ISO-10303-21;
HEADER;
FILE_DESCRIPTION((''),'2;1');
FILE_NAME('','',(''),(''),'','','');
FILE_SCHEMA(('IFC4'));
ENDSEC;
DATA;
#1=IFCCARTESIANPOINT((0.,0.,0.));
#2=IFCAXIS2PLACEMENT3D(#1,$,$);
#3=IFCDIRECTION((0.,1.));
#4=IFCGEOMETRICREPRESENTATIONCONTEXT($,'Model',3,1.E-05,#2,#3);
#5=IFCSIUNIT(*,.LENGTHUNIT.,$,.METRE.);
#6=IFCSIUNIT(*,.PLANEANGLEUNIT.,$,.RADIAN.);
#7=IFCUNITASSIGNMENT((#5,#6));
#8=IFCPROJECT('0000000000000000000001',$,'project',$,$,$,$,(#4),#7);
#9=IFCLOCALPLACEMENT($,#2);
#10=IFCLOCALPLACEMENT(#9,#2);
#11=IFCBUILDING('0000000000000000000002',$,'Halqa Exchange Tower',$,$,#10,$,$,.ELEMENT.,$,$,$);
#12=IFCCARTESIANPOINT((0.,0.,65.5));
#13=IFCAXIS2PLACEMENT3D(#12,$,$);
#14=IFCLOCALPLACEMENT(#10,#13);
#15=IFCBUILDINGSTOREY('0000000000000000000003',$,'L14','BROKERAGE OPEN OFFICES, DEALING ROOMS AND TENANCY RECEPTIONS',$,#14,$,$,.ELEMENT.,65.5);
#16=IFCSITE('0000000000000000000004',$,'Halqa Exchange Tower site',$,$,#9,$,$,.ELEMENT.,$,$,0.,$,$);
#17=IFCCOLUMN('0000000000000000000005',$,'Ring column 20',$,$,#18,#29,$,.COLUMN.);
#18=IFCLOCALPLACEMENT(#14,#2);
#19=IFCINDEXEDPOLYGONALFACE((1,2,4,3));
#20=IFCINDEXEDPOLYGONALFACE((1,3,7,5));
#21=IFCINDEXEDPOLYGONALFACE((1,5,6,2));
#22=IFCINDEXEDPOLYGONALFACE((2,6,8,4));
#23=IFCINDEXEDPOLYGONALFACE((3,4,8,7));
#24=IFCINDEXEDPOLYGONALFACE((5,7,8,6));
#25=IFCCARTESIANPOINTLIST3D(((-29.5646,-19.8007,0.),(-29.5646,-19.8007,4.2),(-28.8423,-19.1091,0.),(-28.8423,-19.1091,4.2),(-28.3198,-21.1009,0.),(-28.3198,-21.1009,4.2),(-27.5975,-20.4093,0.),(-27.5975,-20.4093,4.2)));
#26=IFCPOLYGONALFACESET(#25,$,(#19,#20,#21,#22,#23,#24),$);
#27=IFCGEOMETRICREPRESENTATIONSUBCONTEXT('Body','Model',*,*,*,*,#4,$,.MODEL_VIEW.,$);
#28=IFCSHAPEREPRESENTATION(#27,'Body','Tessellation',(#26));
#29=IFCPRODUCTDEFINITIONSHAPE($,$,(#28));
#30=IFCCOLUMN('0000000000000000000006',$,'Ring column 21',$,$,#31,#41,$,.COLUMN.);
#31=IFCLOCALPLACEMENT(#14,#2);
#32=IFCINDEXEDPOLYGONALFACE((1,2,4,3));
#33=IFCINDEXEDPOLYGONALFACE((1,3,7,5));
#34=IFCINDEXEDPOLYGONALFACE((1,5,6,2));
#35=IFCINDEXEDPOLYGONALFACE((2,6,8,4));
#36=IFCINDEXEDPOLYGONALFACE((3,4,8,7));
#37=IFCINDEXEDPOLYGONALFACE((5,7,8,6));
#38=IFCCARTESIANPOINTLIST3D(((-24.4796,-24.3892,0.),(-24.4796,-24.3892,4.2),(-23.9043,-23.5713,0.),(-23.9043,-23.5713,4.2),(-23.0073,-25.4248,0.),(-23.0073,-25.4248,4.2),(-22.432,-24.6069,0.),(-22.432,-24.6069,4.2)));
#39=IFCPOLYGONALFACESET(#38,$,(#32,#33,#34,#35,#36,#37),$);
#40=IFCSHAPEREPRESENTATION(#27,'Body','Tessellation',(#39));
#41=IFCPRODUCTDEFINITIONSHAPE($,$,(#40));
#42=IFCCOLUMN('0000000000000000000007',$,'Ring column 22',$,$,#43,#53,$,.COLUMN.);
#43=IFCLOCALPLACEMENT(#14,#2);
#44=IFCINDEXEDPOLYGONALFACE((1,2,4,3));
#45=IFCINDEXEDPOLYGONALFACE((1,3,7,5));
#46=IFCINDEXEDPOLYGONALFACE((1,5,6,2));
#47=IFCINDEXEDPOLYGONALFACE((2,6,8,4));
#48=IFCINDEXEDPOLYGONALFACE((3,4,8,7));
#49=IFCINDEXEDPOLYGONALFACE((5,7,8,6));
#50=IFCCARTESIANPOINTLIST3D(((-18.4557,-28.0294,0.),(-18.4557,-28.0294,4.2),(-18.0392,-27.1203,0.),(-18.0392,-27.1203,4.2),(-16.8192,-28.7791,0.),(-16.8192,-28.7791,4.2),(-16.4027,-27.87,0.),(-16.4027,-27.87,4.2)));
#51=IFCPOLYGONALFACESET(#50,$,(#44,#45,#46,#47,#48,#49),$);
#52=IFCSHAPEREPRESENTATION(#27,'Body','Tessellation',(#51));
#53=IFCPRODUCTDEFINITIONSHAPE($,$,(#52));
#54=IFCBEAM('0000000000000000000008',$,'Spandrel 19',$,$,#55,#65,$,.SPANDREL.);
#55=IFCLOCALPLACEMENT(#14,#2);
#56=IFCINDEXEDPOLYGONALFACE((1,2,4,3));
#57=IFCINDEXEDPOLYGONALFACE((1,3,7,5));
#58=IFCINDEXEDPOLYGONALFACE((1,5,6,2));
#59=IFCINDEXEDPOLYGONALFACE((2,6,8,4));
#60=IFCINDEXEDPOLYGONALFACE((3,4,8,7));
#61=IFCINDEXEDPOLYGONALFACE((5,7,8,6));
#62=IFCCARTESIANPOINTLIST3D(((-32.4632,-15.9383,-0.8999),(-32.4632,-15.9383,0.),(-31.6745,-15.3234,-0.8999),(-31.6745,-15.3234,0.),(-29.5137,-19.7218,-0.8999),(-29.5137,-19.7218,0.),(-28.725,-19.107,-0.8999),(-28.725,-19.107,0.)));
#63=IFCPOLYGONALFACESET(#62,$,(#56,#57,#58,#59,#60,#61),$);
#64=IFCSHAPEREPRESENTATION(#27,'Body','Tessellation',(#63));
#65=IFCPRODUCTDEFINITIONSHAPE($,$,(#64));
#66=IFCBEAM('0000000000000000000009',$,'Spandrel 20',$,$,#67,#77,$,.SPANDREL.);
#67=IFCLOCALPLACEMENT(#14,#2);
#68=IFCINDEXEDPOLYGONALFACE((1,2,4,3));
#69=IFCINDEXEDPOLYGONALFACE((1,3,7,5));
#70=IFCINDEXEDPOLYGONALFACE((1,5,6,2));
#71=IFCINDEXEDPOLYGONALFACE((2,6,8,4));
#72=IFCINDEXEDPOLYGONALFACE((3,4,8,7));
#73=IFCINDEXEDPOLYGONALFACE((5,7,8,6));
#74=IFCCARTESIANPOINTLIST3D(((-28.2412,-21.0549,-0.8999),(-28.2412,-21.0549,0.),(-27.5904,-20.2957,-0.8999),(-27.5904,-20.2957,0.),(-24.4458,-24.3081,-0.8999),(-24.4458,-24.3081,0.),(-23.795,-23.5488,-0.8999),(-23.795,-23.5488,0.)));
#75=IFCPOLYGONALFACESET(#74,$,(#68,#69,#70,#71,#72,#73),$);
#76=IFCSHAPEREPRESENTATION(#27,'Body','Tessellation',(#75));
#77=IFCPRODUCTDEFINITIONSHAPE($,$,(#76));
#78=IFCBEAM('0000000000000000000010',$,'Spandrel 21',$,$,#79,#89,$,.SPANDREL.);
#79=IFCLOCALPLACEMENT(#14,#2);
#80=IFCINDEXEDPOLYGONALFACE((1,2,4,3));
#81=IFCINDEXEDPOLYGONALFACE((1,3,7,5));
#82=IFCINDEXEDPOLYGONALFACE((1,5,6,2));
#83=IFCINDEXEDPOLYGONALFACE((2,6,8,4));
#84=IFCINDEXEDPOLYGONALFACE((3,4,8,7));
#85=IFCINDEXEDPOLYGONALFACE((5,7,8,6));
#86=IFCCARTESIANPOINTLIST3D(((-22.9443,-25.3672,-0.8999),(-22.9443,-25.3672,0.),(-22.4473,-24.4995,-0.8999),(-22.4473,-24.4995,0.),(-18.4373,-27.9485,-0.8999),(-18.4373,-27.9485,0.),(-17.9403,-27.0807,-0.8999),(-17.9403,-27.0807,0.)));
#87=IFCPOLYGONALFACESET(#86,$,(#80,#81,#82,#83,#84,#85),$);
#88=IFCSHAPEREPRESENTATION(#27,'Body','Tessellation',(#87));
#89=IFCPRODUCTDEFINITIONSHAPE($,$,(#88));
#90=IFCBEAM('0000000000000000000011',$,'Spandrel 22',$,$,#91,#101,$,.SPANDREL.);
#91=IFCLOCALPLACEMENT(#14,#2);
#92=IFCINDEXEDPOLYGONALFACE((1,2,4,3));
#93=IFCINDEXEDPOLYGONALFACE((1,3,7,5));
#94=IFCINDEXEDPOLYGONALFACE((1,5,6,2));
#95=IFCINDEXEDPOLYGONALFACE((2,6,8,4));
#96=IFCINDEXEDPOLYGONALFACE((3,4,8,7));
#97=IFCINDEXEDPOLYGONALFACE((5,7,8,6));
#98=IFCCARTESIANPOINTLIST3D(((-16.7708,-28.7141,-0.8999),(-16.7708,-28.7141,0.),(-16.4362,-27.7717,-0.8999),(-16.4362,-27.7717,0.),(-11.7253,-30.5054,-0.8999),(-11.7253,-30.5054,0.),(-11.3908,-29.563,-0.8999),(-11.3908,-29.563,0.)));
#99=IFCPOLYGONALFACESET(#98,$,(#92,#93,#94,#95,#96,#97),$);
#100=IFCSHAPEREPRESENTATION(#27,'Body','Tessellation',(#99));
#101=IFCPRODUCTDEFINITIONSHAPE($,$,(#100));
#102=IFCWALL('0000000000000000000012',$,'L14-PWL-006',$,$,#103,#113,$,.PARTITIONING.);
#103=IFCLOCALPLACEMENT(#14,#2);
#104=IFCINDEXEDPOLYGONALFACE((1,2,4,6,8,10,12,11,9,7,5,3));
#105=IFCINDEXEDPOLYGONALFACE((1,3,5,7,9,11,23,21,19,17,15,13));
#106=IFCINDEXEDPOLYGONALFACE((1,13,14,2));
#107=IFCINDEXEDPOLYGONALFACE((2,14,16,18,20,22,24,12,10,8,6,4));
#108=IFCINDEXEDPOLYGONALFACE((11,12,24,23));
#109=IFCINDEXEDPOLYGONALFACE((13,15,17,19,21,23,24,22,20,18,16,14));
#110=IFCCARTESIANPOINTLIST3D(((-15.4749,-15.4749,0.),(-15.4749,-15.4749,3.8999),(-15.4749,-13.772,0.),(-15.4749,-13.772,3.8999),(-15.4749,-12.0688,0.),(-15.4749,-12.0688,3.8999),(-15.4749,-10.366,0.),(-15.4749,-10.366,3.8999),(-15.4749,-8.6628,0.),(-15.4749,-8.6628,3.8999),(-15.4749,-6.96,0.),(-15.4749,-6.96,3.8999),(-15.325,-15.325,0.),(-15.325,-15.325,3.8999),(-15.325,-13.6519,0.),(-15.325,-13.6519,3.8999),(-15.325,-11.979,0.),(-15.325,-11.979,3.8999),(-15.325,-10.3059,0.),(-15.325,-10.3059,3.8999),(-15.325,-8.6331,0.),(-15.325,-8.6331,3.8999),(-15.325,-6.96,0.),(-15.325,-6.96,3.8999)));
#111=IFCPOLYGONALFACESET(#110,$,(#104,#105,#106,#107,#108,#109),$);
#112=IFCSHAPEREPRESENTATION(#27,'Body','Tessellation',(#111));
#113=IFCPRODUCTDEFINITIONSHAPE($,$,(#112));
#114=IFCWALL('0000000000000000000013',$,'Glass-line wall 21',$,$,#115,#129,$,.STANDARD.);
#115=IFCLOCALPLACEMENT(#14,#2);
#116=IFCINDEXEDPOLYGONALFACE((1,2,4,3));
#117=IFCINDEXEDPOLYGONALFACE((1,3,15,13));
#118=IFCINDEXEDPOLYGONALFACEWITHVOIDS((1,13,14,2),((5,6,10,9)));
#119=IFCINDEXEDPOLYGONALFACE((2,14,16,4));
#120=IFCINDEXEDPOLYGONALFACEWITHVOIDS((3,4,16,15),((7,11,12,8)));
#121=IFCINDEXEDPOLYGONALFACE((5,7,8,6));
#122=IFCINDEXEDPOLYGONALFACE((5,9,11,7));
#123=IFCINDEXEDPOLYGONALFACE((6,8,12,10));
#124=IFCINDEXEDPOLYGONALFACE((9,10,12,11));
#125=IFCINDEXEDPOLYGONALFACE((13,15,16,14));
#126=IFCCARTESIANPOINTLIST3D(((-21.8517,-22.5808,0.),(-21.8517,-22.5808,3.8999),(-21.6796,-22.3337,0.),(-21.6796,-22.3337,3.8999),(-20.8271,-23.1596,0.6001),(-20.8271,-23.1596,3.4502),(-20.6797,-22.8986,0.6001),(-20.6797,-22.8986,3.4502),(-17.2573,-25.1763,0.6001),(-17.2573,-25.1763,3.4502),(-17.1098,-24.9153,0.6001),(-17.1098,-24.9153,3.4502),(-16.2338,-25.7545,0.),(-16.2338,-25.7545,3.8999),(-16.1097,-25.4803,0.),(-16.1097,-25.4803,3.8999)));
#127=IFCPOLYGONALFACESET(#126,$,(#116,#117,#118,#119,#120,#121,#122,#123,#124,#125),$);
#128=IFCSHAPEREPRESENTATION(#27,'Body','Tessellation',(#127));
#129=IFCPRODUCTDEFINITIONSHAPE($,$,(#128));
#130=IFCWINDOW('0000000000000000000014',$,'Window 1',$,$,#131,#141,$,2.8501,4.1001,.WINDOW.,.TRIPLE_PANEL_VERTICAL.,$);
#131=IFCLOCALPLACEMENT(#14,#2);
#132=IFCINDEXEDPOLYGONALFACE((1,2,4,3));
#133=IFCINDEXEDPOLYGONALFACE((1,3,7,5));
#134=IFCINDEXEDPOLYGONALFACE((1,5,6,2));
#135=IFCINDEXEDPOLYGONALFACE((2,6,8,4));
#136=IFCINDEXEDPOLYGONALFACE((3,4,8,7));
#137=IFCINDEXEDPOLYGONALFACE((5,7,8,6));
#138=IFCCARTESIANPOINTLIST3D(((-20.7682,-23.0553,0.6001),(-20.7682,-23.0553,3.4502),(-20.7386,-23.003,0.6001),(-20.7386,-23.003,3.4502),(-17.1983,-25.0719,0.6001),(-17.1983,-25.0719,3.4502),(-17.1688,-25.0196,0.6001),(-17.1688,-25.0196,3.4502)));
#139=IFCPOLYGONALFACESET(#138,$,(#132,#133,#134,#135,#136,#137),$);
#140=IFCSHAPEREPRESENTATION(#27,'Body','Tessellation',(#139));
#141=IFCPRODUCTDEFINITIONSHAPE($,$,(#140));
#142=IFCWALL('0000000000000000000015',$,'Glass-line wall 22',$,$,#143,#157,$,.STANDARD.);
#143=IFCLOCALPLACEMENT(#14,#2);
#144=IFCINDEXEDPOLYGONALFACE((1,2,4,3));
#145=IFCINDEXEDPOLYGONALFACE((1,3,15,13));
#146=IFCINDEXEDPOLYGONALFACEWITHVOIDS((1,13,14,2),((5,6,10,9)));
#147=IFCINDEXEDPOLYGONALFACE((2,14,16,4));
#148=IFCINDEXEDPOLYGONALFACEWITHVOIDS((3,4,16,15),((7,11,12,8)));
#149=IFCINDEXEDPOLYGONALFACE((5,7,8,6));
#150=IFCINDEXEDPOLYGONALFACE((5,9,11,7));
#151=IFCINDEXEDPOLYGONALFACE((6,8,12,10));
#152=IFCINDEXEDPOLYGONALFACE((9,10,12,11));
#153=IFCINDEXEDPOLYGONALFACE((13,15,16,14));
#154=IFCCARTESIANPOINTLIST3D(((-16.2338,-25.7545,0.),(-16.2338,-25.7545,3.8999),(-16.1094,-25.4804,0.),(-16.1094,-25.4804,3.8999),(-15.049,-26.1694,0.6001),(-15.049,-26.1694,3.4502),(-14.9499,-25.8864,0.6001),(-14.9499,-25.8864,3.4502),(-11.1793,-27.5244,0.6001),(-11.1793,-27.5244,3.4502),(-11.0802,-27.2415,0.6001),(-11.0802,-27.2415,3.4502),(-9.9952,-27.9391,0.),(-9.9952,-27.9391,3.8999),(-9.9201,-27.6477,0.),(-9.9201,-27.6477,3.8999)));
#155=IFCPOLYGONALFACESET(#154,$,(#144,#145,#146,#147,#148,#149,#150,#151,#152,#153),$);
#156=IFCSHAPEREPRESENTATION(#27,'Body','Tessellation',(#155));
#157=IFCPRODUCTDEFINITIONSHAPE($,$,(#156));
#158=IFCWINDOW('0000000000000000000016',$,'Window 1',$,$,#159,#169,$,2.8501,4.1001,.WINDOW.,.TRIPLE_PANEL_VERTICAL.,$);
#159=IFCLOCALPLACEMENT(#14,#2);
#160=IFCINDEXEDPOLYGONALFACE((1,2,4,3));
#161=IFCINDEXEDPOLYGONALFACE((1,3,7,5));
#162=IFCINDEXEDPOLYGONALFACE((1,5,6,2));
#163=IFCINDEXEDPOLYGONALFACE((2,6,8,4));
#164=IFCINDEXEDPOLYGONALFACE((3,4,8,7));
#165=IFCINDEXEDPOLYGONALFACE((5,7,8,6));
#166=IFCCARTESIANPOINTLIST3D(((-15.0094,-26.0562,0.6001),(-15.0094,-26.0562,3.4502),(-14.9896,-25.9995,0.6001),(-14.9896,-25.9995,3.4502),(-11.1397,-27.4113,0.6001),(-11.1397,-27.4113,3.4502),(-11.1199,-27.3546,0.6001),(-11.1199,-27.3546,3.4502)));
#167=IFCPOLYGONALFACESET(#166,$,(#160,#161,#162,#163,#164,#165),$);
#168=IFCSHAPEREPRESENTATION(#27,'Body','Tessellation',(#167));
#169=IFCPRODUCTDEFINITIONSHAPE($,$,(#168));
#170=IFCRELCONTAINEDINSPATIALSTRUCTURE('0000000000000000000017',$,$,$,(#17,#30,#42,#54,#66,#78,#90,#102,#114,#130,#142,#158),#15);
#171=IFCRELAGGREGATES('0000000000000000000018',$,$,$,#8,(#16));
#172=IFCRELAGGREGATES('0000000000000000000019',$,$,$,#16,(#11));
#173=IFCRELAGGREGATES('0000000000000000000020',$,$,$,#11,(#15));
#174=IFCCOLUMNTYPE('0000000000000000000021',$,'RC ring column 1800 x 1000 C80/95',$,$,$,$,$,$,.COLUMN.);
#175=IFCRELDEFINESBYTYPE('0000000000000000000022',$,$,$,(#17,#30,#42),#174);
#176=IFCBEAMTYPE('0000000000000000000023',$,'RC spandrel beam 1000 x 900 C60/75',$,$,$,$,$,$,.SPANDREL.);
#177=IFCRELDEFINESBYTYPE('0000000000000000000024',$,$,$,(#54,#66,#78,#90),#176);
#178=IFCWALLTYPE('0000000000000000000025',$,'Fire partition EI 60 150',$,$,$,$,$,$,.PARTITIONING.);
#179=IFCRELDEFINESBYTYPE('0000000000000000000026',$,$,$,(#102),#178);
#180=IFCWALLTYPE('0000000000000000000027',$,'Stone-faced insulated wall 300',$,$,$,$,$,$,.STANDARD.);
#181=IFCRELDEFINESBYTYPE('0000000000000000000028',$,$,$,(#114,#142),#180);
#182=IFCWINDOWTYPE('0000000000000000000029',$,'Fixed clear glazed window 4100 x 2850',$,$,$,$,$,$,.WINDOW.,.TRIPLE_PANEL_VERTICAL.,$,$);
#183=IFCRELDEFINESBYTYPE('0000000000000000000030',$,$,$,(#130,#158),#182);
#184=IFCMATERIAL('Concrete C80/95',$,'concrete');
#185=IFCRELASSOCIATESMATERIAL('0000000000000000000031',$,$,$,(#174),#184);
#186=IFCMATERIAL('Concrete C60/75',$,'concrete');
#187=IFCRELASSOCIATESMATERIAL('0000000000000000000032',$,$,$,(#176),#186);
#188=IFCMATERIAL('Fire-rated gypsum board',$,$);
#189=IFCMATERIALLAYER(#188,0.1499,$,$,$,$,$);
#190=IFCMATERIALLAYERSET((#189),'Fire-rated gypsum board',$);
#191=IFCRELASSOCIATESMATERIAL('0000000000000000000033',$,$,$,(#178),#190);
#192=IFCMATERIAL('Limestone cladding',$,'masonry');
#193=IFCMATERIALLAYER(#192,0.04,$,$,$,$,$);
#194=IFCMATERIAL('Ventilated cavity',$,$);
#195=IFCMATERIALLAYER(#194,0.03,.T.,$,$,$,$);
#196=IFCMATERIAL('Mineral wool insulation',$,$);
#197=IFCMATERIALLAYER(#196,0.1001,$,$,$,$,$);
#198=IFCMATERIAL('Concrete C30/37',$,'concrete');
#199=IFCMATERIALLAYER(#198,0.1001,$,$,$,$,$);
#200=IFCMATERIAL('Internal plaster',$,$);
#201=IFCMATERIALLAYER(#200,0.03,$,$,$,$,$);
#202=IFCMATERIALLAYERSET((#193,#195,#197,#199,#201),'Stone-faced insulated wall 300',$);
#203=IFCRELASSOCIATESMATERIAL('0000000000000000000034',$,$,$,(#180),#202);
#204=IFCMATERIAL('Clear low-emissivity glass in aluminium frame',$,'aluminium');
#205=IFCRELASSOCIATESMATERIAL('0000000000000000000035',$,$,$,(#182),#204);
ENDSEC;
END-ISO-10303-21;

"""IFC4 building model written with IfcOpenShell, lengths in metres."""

from ifc_helpers import new_model, si_unit, direction, frame, frame_2d, origin, origin_2d, place, context, subcontext, project, spatial, polyline, rectangle, outline, extrude, material, layer, layer_set, material_profile, profile_set, type_object, element, fill, save


model = new_model("IFC4")

# Units and contexts
model_context = context("Model", 3, precision=1e-05, world=origin(), true_north=direction((0.0, 1.0)))
body_context = subcontext(model_context, "Body", "Model", "MODEL_VIEW")
ifc_project = project(units=[si_unit("LENGTHUNIT", "METRE"), si_unit("PLANEANGLEUNIT", "RADIAN")], contexts=[model_context])

# Site, building, storey
site_placement = place(None, origin())
site = spatial("IfcSite", under=ifc_project, at=site_placement, Name="Halqa Exchange Tower site", CompositionType="ELEMENT", RefElevation=0.0)
building_placement = place(site_placement, origin())
building = spatial("IfcBuilding", under=site, at=building_placement, Name="Halqa Exchange Tower", CompositionType="ELEMENT")
storey_placement = place(building_placement, frame((0.0, 0.0, 65.5)))
storey = spatial("IfcBuildingStorey", under=building, at=storey_placement, Name="L14", Description="BROKERAGE OPEN OFFICES, DEALING ROOMS AND TENANCY RECEPTIONS", CompositionType="ELEMENT", Elevation=65.5)

# Columns
ifc_material_1 = material(Name="Concrete C80/95", Category="concrete")
ifc_material_profile_1 = material_profile(ifc_material_1, rectangle(XDim=1.8, YDim=1.0, at=origin_2d()), Name="1800 x 1000")
ifc_profile_set_1 = profile_set([ifc_material_profile_1], Name="Concrete C80/95")
column_type = type_object("IfcColumnType", Name="RC ring column 1800 x 1000 C80/95", PredefinedType="COLUMN", material=ifc_profile_set_1)
for number, where, z_axis, x_axis, name in (
    (1, (-28.5811, -20.105, 0.0), (0.0, 0.0, 1.0), (0.691577, -0.722302, 0.0), "Ring column 20"),
    (2, (-23.4558, -24.498, 0.0), (0.0, 0.0, 1.0), (0.817909, -0.575348, 0.0), "Ring column 21"),
    (3, (-17.4292, -27.9497, 0.0), (0.0, 0.0, 1.0), (0.909126, -0.41652, 0.0), "Ring column 22"),
):
    element("IfcColumn", number, at=place(storey_placement, frame(where, z_axis=z_axis, x_axis=x_axis)), inside=storey, type_object=column_type, Name=name, PredefinedType="COLUMN", context=body_context, shape_type="SweptSolid", body=[
        extrude(rectangle(XDim=1.8, YDim=1.0, at=origin_2d()), origin(), (0.0, 0.0, 1.0), 4.2),
    ])

# Beams
ifc_material_2 = material(Name="Concrete C60/75", Category="concrete")
ifc_material_profile_2 = material_profile(ifc_material_2, rectangle(XDim=1.0, YDim=0.8999, at=origin_2d()), Name="1000 x 900")
ifc_profile_set_2 = profile_set([ifc_material_profile_2], Name="Concrete C60/75")
beam_type = type_object("IfcBeamType", Name="RC spandrel beam 1000 x 900 C60/75", PredefinedType="SPANDREL", material=ifc_profile_set_2)
beam_1_placement = place(storey_placement, frame((-32.0688, -15.6309, -0.45), z_axis=(0.614821, -0.788667, 0.0), x_axis=(0.788667, 0.614821, 0.0)))
element("IfcBeam", 4, at=beam_1_placement, inside=storey, type_object=beam_type, Name="Spandrel 19", PredefinedType="SPANDREL", context=body_context, shape_type="SweptSolid", body=[
    extrude(rectangle(XDim=1.0, YDim=0.8999, at=origin_2d()), origin(), (0.0, 0.0, 1.0), 4.7974),
])
beam_2_placement = place(storey_placement, frame((-27.9158, -20.6753, -0.45), z_axis=(0.75926, -0.650787, 0.0), x_axis=(0.650787, 0.75926, 0.0)))
element("IfcBeam", 5, at=beam_2_placement, inside=storey, type_object=beam_type, Name="Spandrel 20", PredefinedType="SPANDREL", context=body_context, shape_type="SweptSolid", body=[
    extrude(rectangle(XDim=1.0, YDim=0.8999, at=origin_2d()), origin(), (0.0, 0.0, 1.0), 4.9988),
])
beam_3_placement = place(storey_placement, frame((-22.6958, -24.9333, -0.45), z_axis=(0.86776, -0.496984, 0.0), x_axis=(0.496984, 0.86776, 0.0)))
element("IfcBeam", 6, at=beam_3_placement, inside=storey, type_object=beam_type, Name="Spandrel 21", PredefinedType="SPANDREL", context=body_context, shape_type="SweptSolid", body=[
    extrude(rectangle(XDim=1.0, YDim=0.8999, at=origin_2d()), origin(), (0.0, 0.0, 1.0), 5.1938),
])
beam_4_placement = place(storey_placement, frame((-16.6035, -28.2429, -0.45), z_axis=(0.942372, -0.334568, 0.0), x_axis=(0.334568, 0.942372, 0.0)))
element("IfcBeam", 7, at=beam_4_placement, inside=storey, type_object=beam_type, Name="Spandrel 22", PredefinedType="SPANDREL", context=body_context, shape_type="SweptSolid", body=[
    extrude(rectangle(XDim=1.0, YDim=0.8999, at=origin_2d()), origin(), (0.0, 0.0, 1.0), 5.354),
])

# Wall
ifc_material_3 = material(Name="Fire-rated gypsum board")
ifc_layer_1 = layer(ifc_material_3, 0.1499)
ifc_layer_set_1 = layer_set([ifc_layer_1], Name="Fire-rated gypsum board")
wall_type_1 = type_object("IfcWallType", Name="Fire partition EI 60 150", PredefinedType="PARTITIONING", material=ifc_layer_set_1)
wall_1_placement = place(storey_placement, frame((-15.3999, -15.4751, 0.0), z_axis=(0.0, 0.0, 1.0), x_axis=(0.0, 1.0, 0.0)))
element("IfcWall", 8, at=wall_1_placement, inside=storey, type_object=wall_type_1, Name="L14-PWL-006", PredefinedType="PARTITIONING", context=body_context, shape_type="SweptSolid", body=[
    extrude(outline(polyline([(8.5151, 0.075), (6.8123, 0.075), (5.1091, 0.075), (3.4062, 0.075), (1.7031, 0.075), (0.0002, 0.075), (0.1501, -0.075), (1.8232, -0.075), (3.4961, -0.075), (5.1692, -0.075), (6.842, -0.075), (8.5151, -0.075), (8.5151, 0.075)])), origin(), (0.0, 0.0, 1.0), 3.8999),
])

# Shared definitions
ifc_material_4 = material(Name="Limestone cladding", Category="masonry")
ifc_layer_2 = layer(ifc_material_4, 0.04)
ifc_material_5 = material(Name="Ventilated cavity")
ifc_layer_3 = layer(ifc_material_5, 0.03, ventilated=True)
ifc_material_6 = material(Name="Mineral wool insulation")
ifc_layer_4 = layer(ifc_material_6, 0.1001)
ifc_material_7 = material(Name="Concrete C30/37", Category="concrete")
ifc_layer_5 = layer(ifc_material_7, 0.1001)
ifc_material_8 = material(Name="Internal plaster")
ifc_layer_6 = layer(ifc_material_8, 0.03)
ifc_layer_set_2 = layer_set([ifc_layer_2, ifc_layer_3, ifc_layer_4, ifc_layer_5, ifc_layer_6], Name="Stone-faced insulated wall 300")
wall_type_2 = type_object("IfcWallType", Name="Stone-faced insulated wall 300", PredefinedType="STANDARD", material=ifc_layer_set_2)
ifc_material_9 = material(Name="Clear low-emissivity glass in aluminium frame", Category="aluminium")

# Walls, openings, windows
wall_2_placement = place(storey_placement, frame((-21.7656, -22.4573, 0.0), z_axis=(0.0, 0.0, 1.0), x_axis=(0.870674, -0.491861, 0.0)))
wall_2 = element("IfcWall", 9, at=wall_2_placement, inside=storey, type_object=wall_type_2, Name="Glass-line wall 21", PredefinedType="STANDARD", context=body_context, shape_type="SweptSolid", body=[
    extrude(outline(polyline([(-0.0142, -0.1499), (6.4382, -0.1499), (6.4114, 0.1499), (0.0142, 0.1499), (-0.0142, -0.1499)])), origin(), (0.0, 0.0, 1.0), 3.8999),
])
opening_1_placement = place(wall_2_placement, frame((1.1626, 0.0, 0.6001)))
opening_1 = element("IfcOpeningElement", 10, at=opening_1_placement, cuts=wall_2, PredefinedType="OPENING", context=body_context, shape_type="SweptSolid", body=[
    extrude(rectangle(XDim=4.1001, YDim=2.8501, at=frame_2d((2.05, 1.425))), frame((0.0, 0.1621, 0.0), z_axis=(0.0, -1.0, 0.0), x_axis=(1.0, 0.0, 0.0)), (0.0, 0.0, 1.0), 0.324),
])
window_type = type_object("IfcWindowType", Name="Fixed clear glazed window 4100 x 2850", PartitioningType="TRIPLE_PANEL_VERTICAL", PredefinedType="WINDOW", material=ifc_material_9)
window_1_placement = place(opening_1_placement, origin())
window_1 = element("IfcWindow", 11, at=window_1_placement, inside=storey, type_object=window_type, Name="Window 1", OverallHeight=2.8501, OverallWidth=4.1001, PartitioningType="TRIPLE_PANEL_VERTICAL", PredefinedType="WINDOW", context=body_context, shape_type="SweptSolid", body=[
    extrude(rectangle(XDim=4.1001, YDim=2.8501, at=frame_2d((2.05, 1.425))), frame((0.0, 0.03, 0.0), z_axis=(0.0, -1.0, 0.0), x_axis=(1.0, 0.0, 0.0)), (0.0, 0.0, 1.0), 0.0601),
])
fill(opening_1, window_1)
wall_3_placement = place(storey_placement, frame((-16.1716, -25.6174, 0.0), z_axis=(0.0, 0.0, 1.0), x_axis=(0.943807, -0.330497, 0.0)))
wall_3 = element("IfcWall", 12, at=wall_3_placement, inside=storey, type_object=wall_type_2, Name="Glass-line wall 22", PredefinedType="STANDARD", context=body_context, shape_type="SweptSolid", body=[
    extrude(outline(polyline([(-0.0134, -0.1499), (6.5967, -0.1499), (6.5713, 0.1499), (0.0134, 0.1499), (-0.0134, -0.1499)])), origin(), (0.0, 0.0, 1.0), 3.8999),
])
opening_2_placement = place(wall_3_placement, frame((1.2419, 0.0, 0.6001)))
opening_2 = element("IfcOpeningElement", 13, at=opening_2_placement, cuts=wall_3, PredefinedType="OPENING", context=body_context, shape_type="SweptSolid", body=[
    extrude(rectangle(XDim=4.1001, YDim=2.8501, at=frame_2d((2.05, 1.425))), frame((0.0, 0.1621, 0.0), z_axis=(0.0, -1.0, 0.0), x_axis=(1.0, 0.0, 0.0)), (0.0, 0.0, 1.0), 0.324),
])
window_2_placement = place(opening_2_placement, origin())
window_2 = element("IfcWindow", 14, at=window_2_placement, inside=storey, type_object=window_type, Name="Window 1", OverallHeight=2.8501, OverallWidth=4.1001, PartitioningType="TRIPLE_PANEL_VERTICAL", PredefinedType="WINDOW", context=body_context, shape_type="SweptSolid", body=[
    extrude(rectangle(XDim=4.1001, YDim=2.8501, at=frame_2d((2.05, 1.425))), frame((0.0, 0.03, 0.0), z_axis=(0.0, -1.0, 0.0), x_axis=(1.0, 0.0, 0.0)), (0.0, 0.0, 1.0), 0.0601),
])
fill(opening_2, window_2)

save(model, "model.ifc")
